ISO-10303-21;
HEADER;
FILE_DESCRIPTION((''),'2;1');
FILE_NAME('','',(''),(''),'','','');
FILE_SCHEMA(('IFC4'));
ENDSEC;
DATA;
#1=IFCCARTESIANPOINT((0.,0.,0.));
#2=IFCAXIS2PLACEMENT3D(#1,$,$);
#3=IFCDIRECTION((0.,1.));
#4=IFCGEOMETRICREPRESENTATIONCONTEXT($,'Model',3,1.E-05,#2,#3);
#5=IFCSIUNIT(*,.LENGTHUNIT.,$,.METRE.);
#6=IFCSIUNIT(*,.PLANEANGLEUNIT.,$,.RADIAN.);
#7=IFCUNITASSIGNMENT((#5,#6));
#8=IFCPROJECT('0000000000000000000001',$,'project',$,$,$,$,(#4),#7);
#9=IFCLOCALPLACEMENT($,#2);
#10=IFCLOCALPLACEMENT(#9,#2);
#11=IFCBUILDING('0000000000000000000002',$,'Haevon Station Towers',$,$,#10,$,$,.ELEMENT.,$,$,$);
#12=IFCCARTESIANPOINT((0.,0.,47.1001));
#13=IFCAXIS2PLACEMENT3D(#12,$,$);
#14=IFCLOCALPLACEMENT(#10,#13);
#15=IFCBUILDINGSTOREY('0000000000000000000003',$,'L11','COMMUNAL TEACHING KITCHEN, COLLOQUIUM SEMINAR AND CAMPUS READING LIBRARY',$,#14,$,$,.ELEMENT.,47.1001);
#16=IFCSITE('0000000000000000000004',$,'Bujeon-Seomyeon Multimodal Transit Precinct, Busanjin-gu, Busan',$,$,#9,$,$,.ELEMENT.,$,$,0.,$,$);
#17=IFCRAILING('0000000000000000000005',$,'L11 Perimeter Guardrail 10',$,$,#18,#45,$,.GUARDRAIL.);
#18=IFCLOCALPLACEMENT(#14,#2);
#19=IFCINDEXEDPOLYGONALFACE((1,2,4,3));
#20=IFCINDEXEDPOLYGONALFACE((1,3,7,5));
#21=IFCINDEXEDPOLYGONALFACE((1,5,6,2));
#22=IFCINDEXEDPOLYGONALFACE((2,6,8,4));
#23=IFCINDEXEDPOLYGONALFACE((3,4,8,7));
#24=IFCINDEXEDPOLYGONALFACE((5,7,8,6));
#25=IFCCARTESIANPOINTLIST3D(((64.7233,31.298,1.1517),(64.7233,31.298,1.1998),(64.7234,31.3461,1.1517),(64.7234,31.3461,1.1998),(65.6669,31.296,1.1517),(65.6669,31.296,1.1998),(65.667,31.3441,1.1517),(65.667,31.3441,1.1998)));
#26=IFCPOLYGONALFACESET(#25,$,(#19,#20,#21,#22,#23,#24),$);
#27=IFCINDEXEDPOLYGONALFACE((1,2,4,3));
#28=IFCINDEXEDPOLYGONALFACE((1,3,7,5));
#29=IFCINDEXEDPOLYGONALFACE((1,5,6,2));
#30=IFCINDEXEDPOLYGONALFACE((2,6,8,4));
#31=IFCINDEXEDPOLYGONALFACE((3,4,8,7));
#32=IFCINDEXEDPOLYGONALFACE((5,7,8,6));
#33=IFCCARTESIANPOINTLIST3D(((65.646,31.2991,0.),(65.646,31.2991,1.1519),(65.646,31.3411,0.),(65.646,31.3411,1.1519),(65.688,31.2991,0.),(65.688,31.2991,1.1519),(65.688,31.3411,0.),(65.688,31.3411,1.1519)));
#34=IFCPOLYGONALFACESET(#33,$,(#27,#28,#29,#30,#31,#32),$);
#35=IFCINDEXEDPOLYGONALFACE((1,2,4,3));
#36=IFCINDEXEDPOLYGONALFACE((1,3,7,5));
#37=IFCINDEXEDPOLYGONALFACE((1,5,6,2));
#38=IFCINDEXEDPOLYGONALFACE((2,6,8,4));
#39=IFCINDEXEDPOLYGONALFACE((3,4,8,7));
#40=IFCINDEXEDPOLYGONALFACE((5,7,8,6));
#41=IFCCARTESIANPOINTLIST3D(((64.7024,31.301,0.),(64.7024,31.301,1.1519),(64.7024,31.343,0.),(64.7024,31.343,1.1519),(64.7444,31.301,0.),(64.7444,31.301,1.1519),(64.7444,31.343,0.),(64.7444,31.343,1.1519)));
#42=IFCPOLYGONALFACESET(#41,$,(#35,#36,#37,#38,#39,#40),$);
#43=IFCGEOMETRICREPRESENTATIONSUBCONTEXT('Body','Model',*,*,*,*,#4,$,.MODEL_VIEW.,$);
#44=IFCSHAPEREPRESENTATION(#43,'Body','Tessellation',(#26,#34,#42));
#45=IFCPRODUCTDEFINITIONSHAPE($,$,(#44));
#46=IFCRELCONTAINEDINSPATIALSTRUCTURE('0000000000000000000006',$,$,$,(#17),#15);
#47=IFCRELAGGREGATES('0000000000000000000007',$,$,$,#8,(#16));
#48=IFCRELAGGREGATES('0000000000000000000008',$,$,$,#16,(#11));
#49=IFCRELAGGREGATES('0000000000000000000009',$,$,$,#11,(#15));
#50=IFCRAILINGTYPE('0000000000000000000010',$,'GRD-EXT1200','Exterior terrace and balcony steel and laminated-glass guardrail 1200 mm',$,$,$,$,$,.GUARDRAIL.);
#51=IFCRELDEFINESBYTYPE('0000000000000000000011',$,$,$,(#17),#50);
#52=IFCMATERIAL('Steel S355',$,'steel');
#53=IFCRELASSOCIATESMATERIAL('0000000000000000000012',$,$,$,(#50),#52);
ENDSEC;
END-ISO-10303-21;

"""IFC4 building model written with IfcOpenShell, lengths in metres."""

from ifc_helpers import new_model, si_unit, direction, frame, origin, origin_2d, place, context, subcontext, project, spatial, rectangle, extrude, material, type_object, element, save


model = new_model("IFC4")

# Units and contexts
model_context = context("Model", 3, precision=1e-05, world=origin(), true_north=direction((0.0, 1.0)))
body_context = subcontext(model_context, "Body", "Model", "MODEL_VIEW")
ifc_project = project(units=[si_unit("LENGTHUNIT", "METRE"), si_unit("PLANEANGLEUNIT", "RADIAN")], contexts=[model_context])

# Site, building, storey
site_placement = place(None, origin())
site = spatial("IfcSite", under=ifc_project, at=site_placement, Name="Bujeon-Seomyeon Multimodal Transit Precinct, Busanjin-gu, Busan", CompositionType="ELEMENT", RefElevation=0.0)
building_placement = place(site_placement, origin())
building = spatial("IfcBuilding", under=site, at=building_placement, Name="Haevon Station Towers", CompositionType="ELEMENT")
storey_placement = place(building_placement, frame((0.0, 0.0, 47.1001)))
storey = spatial("IfcBuildingStorey", under=building, at=storey_placement, Name="L11", Description="COMMUNAL TEACHING KITCHEN, COLLOQUIUM SEMINAR AND CAMPUS READING LIBRARY", CompositionType="ELEMENT", Elevation=47.1001)

# Shared definitions
ifc_material_1 = material(Name="Steel S355", Category="steel")

# Railing
railing_type = type_object("IfcRailingType", Name="GRD-EXT1200", Description="Exterior terrace and balcony steel and laminated-glass guardrail 1200 mm", PredefinedType="GUARDRAIL", material=ifc_material_1)
railing_1_placement = place(storey_placement, frame((65.667, 31.3201, 0.0)))
element("IfcRailing", 1, at=railing_1_placement, inside=storey, type_object=railing_type, Name="L11 Perimeter Guardrail 10", PredefinedType="GUARDRAIL", context=body_context, shape_type="SweptSolid", body=[
    extrude(rectangle(XDim=0.0481, YDim=0.0481, at=origin_2d()), frame((0.0, 0.0, 1.1758), z_axis=(-0.999998, 0.00207, 0.0), x_axis=(-0.00207, -0.999998, 0.0)), (0.0, 0.0, 1.0), 0.9436),
    extrude(rectangle(XDim=0.042, YDim=0.042, at=origin_2d()), origin(), (0.0, 0.0, 1.0), 1.1519),
    extrude(rectangle(XDim=0.042, YDim=0.042, at=origin_2d()), frame((-0.9436, 0.002, 0.0)), (0.0, 0.0, 1.0), 1.1519),
])

save(model, "model.ifc")
